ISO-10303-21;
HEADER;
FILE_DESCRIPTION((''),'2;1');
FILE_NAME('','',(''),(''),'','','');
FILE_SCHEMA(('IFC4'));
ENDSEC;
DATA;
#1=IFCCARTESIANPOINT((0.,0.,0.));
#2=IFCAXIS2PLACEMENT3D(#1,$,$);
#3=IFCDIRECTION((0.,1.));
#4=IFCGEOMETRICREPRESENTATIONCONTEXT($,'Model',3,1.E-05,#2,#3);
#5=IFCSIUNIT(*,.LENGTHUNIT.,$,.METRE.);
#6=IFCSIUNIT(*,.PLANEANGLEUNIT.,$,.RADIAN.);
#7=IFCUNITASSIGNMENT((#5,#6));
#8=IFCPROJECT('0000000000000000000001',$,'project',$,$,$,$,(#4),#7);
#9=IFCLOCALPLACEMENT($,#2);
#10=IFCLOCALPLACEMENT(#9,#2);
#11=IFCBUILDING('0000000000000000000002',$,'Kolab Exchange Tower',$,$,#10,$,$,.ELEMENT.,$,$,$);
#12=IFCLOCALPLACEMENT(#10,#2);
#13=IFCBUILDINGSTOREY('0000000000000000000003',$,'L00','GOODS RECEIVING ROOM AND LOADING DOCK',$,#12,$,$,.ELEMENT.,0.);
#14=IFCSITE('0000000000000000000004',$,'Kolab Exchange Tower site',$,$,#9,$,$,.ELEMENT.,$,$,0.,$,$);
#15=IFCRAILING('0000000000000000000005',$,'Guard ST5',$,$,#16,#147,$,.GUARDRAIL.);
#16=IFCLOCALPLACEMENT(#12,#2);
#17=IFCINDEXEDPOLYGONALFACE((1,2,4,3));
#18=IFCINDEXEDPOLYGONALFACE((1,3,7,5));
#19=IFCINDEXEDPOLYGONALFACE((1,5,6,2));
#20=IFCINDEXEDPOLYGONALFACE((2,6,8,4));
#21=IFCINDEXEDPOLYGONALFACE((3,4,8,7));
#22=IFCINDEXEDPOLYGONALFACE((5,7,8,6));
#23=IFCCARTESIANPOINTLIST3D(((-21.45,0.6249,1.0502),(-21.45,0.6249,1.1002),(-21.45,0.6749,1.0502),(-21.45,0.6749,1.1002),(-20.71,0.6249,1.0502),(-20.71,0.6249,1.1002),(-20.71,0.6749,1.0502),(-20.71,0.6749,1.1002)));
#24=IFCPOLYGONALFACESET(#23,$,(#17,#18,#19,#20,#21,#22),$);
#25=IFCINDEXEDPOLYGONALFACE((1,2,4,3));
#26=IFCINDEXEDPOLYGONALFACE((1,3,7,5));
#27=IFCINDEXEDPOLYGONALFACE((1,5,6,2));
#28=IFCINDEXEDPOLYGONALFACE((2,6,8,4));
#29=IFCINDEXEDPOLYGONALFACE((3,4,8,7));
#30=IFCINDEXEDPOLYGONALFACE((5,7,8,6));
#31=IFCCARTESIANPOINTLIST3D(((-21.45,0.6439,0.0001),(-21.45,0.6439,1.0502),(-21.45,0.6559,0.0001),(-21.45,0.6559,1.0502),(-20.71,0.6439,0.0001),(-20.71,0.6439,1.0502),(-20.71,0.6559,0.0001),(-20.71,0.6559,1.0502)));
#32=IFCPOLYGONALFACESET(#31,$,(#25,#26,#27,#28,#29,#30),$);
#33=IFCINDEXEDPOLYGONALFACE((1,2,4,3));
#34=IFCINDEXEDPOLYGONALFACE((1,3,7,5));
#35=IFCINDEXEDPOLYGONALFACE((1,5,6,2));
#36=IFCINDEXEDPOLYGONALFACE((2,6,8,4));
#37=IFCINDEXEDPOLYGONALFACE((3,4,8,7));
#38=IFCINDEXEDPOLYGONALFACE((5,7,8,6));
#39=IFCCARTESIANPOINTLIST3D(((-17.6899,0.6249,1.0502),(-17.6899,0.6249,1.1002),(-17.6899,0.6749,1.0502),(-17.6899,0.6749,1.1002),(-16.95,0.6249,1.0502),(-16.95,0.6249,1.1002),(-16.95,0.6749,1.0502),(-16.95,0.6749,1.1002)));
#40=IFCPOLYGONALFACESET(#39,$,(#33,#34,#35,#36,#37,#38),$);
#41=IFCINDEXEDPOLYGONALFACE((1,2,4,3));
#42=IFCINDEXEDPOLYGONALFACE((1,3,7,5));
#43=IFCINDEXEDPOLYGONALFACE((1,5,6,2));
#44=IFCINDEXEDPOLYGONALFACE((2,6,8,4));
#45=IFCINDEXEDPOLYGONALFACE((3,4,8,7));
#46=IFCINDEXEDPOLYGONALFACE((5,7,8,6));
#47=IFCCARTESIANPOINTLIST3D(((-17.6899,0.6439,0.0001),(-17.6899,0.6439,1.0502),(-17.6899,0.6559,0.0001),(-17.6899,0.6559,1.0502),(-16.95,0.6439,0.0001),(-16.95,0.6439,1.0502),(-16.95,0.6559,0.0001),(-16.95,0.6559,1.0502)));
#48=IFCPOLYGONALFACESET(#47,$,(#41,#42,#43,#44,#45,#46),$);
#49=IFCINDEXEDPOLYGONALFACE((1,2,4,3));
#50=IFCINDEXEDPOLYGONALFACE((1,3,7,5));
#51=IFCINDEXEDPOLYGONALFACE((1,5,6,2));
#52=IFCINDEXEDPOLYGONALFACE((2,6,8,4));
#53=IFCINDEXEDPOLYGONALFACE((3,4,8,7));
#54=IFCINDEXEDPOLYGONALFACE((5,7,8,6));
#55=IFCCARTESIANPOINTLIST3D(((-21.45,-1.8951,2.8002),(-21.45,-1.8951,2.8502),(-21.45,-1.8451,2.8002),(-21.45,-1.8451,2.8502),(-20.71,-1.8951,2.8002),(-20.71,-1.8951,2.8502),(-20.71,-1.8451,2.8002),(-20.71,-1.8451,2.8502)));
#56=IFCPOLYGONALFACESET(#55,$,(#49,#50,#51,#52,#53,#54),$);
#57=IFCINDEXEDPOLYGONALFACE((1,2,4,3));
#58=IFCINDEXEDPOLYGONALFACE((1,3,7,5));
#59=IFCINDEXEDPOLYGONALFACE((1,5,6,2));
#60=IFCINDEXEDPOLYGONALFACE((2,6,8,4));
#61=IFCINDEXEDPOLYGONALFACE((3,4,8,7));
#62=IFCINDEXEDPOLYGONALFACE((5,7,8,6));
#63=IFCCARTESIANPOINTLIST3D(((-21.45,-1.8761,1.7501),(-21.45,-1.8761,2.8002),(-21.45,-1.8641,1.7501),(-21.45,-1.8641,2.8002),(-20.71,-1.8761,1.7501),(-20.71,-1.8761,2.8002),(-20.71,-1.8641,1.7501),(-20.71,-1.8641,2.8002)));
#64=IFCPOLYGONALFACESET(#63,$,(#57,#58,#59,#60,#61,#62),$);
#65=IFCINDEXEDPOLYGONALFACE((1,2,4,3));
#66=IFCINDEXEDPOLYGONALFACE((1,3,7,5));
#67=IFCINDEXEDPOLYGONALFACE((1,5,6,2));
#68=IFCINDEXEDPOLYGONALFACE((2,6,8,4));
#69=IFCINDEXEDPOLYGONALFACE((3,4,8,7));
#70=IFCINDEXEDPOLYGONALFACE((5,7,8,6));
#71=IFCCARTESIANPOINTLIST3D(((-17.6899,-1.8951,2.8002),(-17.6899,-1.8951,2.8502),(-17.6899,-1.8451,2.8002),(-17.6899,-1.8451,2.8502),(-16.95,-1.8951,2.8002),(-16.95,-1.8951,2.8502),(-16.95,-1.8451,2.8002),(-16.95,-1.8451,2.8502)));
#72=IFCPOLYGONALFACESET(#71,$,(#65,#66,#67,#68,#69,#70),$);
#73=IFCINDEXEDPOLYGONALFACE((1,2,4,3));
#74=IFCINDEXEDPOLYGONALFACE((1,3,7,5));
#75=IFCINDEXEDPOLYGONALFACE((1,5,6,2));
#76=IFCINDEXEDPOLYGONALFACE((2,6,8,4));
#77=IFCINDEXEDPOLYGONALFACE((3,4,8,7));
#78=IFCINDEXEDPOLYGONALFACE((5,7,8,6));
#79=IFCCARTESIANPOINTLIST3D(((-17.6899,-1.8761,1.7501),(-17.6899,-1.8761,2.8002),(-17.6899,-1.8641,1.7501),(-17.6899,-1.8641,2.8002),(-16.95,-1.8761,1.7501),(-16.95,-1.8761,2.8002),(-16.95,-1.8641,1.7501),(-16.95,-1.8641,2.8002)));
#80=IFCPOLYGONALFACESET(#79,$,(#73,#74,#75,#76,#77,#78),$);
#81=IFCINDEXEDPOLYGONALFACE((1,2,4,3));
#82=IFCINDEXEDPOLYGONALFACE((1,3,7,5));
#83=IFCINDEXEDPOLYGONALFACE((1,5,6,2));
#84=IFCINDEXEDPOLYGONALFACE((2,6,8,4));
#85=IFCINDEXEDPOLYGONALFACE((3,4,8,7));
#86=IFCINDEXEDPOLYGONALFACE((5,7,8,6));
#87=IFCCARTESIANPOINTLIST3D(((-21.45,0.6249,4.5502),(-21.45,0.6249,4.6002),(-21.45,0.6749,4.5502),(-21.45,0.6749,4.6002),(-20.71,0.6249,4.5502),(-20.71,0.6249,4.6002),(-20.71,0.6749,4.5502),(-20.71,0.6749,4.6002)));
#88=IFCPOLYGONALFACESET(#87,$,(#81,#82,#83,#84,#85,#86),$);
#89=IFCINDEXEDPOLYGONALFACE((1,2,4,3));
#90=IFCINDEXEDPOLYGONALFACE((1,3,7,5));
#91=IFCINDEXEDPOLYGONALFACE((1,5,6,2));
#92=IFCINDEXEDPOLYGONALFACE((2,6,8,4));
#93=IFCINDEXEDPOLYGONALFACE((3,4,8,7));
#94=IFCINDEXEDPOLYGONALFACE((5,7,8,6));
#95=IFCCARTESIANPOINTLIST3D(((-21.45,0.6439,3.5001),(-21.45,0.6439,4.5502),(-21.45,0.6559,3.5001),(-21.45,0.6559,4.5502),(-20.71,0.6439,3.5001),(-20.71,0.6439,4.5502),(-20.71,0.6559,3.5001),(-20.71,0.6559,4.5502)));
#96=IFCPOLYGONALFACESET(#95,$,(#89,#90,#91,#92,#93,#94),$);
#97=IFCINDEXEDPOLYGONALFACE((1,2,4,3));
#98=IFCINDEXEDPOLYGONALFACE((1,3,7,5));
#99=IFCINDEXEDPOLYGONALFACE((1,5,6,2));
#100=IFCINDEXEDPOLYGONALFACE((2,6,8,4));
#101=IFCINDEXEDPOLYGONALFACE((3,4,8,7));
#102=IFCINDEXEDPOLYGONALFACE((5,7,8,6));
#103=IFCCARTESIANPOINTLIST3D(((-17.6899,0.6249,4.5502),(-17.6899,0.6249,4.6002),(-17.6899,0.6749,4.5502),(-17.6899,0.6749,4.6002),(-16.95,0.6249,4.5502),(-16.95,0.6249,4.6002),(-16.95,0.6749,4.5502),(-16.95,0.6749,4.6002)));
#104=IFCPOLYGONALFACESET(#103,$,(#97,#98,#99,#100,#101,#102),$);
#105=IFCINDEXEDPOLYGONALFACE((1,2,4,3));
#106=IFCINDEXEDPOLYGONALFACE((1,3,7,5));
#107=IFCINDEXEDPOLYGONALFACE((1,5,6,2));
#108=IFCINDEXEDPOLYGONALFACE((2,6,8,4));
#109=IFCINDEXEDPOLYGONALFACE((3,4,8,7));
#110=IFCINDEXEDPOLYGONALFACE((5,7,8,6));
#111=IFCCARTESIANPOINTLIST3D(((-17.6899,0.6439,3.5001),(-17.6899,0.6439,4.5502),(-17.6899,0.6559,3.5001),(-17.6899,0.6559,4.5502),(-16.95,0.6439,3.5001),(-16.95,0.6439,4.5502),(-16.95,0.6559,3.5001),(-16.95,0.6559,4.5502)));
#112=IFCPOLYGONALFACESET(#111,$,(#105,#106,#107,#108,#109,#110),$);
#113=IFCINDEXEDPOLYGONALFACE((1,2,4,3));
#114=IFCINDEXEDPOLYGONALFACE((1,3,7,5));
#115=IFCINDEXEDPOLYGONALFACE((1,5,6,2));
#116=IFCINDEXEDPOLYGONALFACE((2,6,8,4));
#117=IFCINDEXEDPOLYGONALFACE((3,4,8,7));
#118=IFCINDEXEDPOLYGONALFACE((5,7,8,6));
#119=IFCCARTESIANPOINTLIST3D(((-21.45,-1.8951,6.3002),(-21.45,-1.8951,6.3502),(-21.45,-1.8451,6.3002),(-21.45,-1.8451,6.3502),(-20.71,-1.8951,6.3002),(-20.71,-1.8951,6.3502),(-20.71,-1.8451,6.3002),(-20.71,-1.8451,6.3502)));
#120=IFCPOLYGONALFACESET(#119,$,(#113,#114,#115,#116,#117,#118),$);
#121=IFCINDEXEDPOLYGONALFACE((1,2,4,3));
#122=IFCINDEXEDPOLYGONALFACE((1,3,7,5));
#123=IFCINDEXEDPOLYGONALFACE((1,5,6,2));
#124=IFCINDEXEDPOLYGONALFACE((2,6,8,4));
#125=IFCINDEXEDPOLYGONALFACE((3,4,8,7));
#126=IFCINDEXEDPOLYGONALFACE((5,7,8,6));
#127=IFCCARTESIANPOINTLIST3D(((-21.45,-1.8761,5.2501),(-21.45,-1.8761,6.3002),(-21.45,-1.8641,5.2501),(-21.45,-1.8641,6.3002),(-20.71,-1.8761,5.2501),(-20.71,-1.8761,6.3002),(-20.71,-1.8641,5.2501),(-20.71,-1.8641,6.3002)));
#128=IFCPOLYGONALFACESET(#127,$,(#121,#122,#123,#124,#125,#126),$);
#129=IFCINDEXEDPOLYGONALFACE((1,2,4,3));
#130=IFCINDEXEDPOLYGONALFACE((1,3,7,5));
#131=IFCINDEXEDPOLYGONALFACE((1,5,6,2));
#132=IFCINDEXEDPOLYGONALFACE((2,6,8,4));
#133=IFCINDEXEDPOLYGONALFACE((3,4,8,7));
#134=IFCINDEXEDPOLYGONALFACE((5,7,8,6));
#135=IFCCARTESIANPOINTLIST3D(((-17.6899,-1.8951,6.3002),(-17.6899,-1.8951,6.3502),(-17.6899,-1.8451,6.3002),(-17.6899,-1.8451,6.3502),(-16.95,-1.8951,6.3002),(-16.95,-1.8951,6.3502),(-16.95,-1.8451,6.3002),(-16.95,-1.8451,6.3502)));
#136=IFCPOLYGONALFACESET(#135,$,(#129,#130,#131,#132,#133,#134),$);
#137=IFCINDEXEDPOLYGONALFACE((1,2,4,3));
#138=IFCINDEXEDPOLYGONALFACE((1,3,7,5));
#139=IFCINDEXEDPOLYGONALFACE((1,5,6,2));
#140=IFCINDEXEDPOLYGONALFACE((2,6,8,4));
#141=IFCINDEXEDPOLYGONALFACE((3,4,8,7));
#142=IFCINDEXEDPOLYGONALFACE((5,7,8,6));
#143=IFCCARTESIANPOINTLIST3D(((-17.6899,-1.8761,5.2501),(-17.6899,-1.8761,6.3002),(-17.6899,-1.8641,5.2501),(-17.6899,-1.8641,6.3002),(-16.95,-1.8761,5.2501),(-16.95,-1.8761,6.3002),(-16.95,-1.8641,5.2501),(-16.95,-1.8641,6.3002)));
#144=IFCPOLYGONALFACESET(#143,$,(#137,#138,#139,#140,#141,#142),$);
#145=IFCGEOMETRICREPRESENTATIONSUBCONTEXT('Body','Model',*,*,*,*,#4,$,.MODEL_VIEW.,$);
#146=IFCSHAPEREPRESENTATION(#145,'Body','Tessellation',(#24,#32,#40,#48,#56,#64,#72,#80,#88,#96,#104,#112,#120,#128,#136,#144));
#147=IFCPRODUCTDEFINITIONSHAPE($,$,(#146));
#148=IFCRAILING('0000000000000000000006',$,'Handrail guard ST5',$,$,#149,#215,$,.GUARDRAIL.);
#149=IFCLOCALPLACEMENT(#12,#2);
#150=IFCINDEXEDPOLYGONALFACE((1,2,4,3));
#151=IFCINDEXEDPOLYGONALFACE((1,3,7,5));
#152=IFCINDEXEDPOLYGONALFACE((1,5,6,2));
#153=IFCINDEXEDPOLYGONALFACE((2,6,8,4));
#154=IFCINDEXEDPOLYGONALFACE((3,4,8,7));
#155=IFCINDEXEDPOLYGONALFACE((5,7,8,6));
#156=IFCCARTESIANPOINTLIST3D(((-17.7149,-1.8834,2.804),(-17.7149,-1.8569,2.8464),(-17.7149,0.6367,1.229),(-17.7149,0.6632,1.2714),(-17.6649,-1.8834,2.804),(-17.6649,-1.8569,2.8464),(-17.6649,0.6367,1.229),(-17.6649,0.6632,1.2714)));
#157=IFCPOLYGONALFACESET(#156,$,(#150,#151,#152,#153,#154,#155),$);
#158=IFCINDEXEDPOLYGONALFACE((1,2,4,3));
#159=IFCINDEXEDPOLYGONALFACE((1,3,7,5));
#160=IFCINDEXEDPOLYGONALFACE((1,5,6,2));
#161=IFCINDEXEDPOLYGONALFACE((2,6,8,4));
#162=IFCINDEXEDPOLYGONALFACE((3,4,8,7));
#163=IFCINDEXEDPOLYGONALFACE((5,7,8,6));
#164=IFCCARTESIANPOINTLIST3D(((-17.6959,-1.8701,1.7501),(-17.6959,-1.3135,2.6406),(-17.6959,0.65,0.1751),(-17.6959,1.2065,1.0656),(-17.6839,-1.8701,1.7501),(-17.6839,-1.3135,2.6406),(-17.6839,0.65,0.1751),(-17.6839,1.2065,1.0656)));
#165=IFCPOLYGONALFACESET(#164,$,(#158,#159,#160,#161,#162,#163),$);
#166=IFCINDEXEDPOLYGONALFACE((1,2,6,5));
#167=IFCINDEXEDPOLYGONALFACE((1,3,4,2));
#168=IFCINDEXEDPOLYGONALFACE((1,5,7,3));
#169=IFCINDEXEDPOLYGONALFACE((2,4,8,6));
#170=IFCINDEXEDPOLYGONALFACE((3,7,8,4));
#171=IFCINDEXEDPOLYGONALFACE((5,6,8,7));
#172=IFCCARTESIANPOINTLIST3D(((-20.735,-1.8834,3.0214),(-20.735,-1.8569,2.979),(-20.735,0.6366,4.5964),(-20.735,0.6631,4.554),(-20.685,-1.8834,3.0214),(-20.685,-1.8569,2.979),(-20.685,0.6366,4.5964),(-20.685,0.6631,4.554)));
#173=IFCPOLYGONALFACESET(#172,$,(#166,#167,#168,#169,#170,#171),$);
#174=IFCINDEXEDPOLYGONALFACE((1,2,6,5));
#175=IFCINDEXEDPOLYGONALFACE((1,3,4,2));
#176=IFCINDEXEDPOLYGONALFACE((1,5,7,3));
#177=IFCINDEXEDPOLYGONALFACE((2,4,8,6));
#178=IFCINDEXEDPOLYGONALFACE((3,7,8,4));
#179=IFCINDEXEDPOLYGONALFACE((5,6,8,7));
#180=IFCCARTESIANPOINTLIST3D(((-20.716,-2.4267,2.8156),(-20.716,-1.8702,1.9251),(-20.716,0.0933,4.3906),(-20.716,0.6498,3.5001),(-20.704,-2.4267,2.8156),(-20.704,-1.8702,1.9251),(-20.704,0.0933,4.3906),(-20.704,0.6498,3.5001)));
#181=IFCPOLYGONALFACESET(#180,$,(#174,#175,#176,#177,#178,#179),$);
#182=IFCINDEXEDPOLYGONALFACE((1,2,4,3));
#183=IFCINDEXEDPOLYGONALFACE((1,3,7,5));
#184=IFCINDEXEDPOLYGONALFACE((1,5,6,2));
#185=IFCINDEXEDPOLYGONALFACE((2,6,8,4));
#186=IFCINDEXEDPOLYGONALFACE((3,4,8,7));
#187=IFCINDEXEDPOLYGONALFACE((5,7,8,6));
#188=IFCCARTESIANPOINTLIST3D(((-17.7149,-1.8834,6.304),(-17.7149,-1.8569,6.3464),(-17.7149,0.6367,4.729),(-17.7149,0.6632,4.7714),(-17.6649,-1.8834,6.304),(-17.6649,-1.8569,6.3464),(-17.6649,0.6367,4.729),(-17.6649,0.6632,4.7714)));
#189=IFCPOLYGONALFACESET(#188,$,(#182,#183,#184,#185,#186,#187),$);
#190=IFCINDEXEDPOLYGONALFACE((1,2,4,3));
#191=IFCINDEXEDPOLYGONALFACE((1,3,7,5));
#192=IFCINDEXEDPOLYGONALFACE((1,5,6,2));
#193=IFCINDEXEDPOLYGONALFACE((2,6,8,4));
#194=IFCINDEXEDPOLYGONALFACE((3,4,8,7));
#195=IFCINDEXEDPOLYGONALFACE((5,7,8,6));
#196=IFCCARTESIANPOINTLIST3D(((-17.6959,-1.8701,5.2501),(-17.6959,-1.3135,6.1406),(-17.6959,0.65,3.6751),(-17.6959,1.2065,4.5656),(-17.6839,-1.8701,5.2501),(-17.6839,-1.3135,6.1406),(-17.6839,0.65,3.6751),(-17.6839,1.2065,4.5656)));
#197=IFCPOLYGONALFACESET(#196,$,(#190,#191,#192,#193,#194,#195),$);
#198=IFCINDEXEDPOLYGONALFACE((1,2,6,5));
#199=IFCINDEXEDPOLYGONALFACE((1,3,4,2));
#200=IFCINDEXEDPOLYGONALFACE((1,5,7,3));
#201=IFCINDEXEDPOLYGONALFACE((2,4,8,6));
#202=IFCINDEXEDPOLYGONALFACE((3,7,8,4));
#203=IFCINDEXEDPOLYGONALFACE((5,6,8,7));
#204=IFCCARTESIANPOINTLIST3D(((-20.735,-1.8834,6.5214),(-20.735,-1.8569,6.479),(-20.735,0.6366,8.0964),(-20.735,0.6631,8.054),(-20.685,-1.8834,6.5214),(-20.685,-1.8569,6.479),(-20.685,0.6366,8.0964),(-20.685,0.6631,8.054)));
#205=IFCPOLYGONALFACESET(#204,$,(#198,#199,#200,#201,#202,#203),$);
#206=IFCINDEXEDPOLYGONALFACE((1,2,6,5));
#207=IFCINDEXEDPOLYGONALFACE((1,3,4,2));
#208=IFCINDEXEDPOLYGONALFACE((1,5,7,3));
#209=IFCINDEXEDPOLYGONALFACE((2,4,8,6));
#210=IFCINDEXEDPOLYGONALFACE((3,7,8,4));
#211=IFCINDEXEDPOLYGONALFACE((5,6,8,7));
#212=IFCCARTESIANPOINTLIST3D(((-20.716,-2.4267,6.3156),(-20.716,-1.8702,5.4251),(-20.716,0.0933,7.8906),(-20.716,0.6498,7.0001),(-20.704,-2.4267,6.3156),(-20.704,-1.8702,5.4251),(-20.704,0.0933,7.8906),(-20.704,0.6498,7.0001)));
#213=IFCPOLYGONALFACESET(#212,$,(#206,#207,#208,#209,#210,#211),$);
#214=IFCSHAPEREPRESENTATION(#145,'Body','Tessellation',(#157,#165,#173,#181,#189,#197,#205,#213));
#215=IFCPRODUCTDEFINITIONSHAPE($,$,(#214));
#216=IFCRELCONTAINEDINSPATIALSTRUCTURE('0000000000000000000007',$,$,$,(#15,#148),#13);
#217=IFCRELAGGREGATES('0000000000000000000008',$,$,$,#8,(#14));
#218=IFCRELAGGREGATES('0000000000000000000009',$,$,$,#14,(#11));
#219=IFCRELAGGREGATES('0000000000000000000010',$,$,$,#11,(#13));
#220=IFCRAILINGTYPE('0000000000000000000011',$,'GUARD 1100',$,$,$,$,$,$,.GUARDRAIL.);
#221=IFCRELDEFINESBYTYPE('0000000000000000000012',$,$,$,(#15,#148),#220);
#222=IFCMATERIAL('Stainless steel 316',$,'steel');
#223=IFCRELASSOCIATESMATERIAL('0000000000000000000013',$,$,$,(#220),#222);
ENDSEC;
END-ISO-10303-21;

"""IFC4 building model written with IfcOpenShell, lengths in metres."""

from ifc_helpers import new_model, si_unit, direction, frame, frame_2d, origin, origin_2d, place, context, subcontext, project, spatial, rectangle, extrude, material, type_object, element, save


model = new_model("IFC4")

# Units and contexts
model_context = context("Model", 3, precision=1e-05, world=origin(), true_north=direction((0.0, 1.0)))
body_context = subcontext(model_context, "Body", "Model", "MODEL_VIEW")
ifc_project = project(units=[si_unit("LENGTHUNIT", "METRE"), si_unit("PLANEANGLEUNIT", "RADIAN")], contexts=[model_context])

# Site, building, storey
site_placement = place(None, origin())
site = spatial("IfcSite", under=ifc_project, at=site_placement, Name="Kolab Exchange Tower site", CompositionType="ELEMENT", RefElevation=0.0)
building_placement = place(site_placement, origin())
building = spatial("IfcBuilding", under=site, at=building_placement, Name="Kolab Exchange Tower", CompositionType="ELEMENT")
storey_placement = place(building_placement, origin())
storey = spatial("IfcBuildingStorey", under=building, at=storey_placement, Name="L00", Description="GOODS RECEIVING ROOM AND LOADING DOCK", CompositionType="ELEMENT", Elevation=0.0)

# Railings
ifc_material_1 = material(Name="Stainless steel 316", Category="steel")
railing_type = type_object("IfcRailingType", Name="GUARD 1100", PredefinedType="GUARDRAIL", material=ifc_material_1)
railing_1_placement = place(storey_placement, frame((-21.45, 0.6499, 0.0)))
element("IfcRailing", 1, at=railing_1_placement, inside=storey, type_object=railing_type, Name="Guard ST5", PredefinedType="GUARDRAIL", context=body_context, shape_type="SweptSolid", body=[
    extrude(rectangle(XDim=0.05, YDim=0.05, at=origin_2d()), frame((0.0, 0.0, 1.0752), z_axis=(1.0, 0.0, 0.0), x_axis=(0.0, 1.0, 0.0)), (0.0, 0.0, 1.0), 0.74),
    extrude(rectangle(XDim=0.012, YDim=1.0501, at=frame_2d((0.0, 0.5251))), frame((0.0, 0.0, 0.0), z_axis=(1.0, 0.0, 0.0), x_axis=(0.0, 1.0, 0.0)), (0.0, 0.0, 1.0), 0.74),
    extrude(rectangle(XDim=0.05, YDim=0.05, at=origin_2d()), frame((3.76, 0.0, 1.0752), z_axis=(1.0, 0.0, 0.0), x_axis=(0.0, 1.0, 0.0)), (0.0, 0.0, 1.0), 0.74),
    extrude(rectangle(XDim=0.012, YDim=1.0501, at=frame_2d((0.0, 0.5251))), frame((3.76, 0.0, 0.0), z_axis=(1.0, 0.0, 0.0), x_axis=(0.0, 1.0, 0.0)), (0.0, 0.0, 1.0), 0.74),
    extrude(rectangle(XDim=0.05, YDim=0.05, at=origin_2d()), frame((0.0, -2.52, 2.8252), z_axis=(1.0, 0.0, 0.0), x_axis=(0.0, 1.0, 0.0)), (0.0, 0.0, 1.0), 0.74),
    extrude(rectangle(XDim=0.012, YDim=1.0501, at=frame_2d((0.0, 0.5251))), frame((0.0, -2.52, 1.75), z_axis=(1.0, 0.0, 0.0), x_axis=(0.0, 1.0, 0.0)), (0.0, 0.0, 1.0), 0.74),
    extrude(rectangle(XDim=0.05, YDim=0.05, at=origin_2d()), frame((3.76, -2.52, 2.8252), z_axis=(1.0, 0.0, 0.0), x_axis=(0.0, 1.0, 0.0)), (0.0, 0.0, 1.0), 0.74),
    extrude(rectangle(XDim=0.012, YDim=1.0501, at=frame_2d((0.0, 0.5251))), frame((3.76, -2.52, 1.75), z_axis=(1.0, 0.0, 0.0), x_axis=(0.0, 1.0, 0.0)), (0.0, 0.0, 1.0), 0.74),
    extrude(rectangle(XDim=0.05, YDim=0.05, at=origin_2d()), frame((0.0, 0.0, 4.5752), z_axis=(1.0, 0.0, 0.0), x_axis=(0.0, 1.0, 0.0)), (0.0, 0.0, 1.0), 0.74),
    extrude(rectangle(XDim=0.012, YDim=1.0501, at=frame_2d((0.0, 0.5251))), frame((0.0, 0.0, 3.5), z_axis=(1.0, 0.0, 0.0), x_axis=(0.0, 1.0, 0.0)), (0.0, 0.0, 1.0), 0.74),
    extrude(rectangle(XDim=0.05, YDim=0.05, at=origin_2d()), frame((3.76, 0.0, 4.5752), z_axis=(1.0, 0.0, 0.0), x_axis=(0.0, 1.0, 0.0)), (0.0, 0.0, 1.0), 0.74),
    extrude(rectangle(XDim=0.012, YDim=1.0501, at=frame_2d((0.0, 0.5251))), frame((3.76, 0.0, 3.5), z_axis=(1.0, 0.0, 0.0), x_axis=(0.0, 1.0, 0.0)), (0.0, 0.0, 1.0), 0.74),
    extrude(rectangle(XDim=0.05, YDim=0.05, at=origin_2d()), frame((0.0, -2.52, 6.3252), z_axis=(1.0, 0.0, 0.0), x_axis=(0.0, 1.0, 0.0)), (0.0, 0.0, 1.0), 0.74),
    extrude(rectangle(XDim=0.012, YDim=1.0501, at=frame_2d((0.0, 0.5251))), frame((0.0, -2.52, 5.25), z_axis=(1.0, 0.0, 0.0), x_axis=(0.0, 1.0, 0.0)), (0.0, 0.0, 1.0), 0.74),
    extrude(rectangle(XDim=0.05, YDim=0.05, at=origin_2d()), frame((3.76, -2.52, 6.3252), z_axis=(1.0, 0.0, 0.0), x_axis=(0.0, 1.0, 0.0)), (0.0, 0.0, 1.0), 0.74),
    extrude(rectangle(XDim=0.012, YDim=1.0501, at=frame_2d((0.0, 0.5251))), frame((3.76, -2.52, 5.25), z_axis=(1.0, 0.0, 0.0), x_axis=(0.0, 1.0, 0.0)), (0.0, 0.0, 1.0), 0.74),
])
railing_2_placement = place(storey_placement, frame((-17.6899, 0.6499, 0.175)))
element("IfcRailing", 2, at=railing_2_placement, inside=storey, type_object=railing_type, Name="Handrail guard ST5", PredefinedType="GUARDRAIL", context=body_context, shape_type="SweptSolid", body=[
    extrude(rectangle(XDim=0.05, YDim=0.05, at=origin_2d()), frame((0.0, 0.0, 1.0752), z_axis=(0.0, -0.848008, 0.529984), x_axis=(1.0, 0.0, 0.0)), (0.0, 0.0, 1.0), 2.9717),
    extrude(rectangle(XDim=0.012, YDim=1.0501, at=frame_2d((0.0, 0.5251))), frame((0.0, 0.0, 0.0), z_axis=(0.0, -0.848008, 0.529984), x_axis=(1.0, 0.0, 0.0)), (0.0, 0.0, 1.0), 2.9717),
    extrude(rectangle(XDim=0.05, YDim=0.05, at=origin_2d()), frame((-3.02, -2.52, 2.8252), z_axis=(0.0, 0.848008, 0.529984), x_axis=(-1.0, 0.0, 0.0)), (0.0, 0.0, 1.0), 2.9717),
    extrude(rectangle(XDim=0.012, YDim=1.0501, at=frame_2d((0.0, 0.5251))), frame((-3.02, -2.52, 1.75), z_axis=(0.0, 0.848008, 0.529984), x_axis=(-1.0, 0.0, 0.0)), (0.0, 0.0, 1.0), 2.9717),
    extrude(rectangle(XDim=0.05, YDim=0.05, at=origin_2d()), frame((0.0, 0.0, 4.5752), z_axis=(0.0, -0.848008, 0.529984), x_axis=(1.0, 0.0, 0.0)), (0.0, 0.0, 1.0), 2.9717),
    extrude(rectangle(XDim=0.012, YDim=1.0501, at=frame_2d((0.0, 0.5251))), frame((0.0, 0.0, 3.5), z_axis=(0.0, -0.848008, 0.529984), x_axis=(1.0, 0.0, 0.0)), (0.0, 0.0, 1.0), 2.9717),
    extrude(rectangle(XDim=0.05, YDim=0.05, at=origin_2d()), frame((-3.02, -2.52, 6.3252), z_axis=(0.0, 0.848008, 0.529984), x_axis=(-1.0, 0.0, 0.0)), (0.0, 0.0, 1.0), 2.9717),
    extrude(rectangle(XDim=0.012, YDim=1.0501, at=frame_2d((0.0, 0.5251))), frame((-3.02, -2.52, 5.25), z_axis=(0.0, 0.848008, 0.529984), x_axis=(-1.0, 0.0, 0.0)), (0.0, 0.0, 1.0), 2.9717),
])

save(model, "model.ifc")
